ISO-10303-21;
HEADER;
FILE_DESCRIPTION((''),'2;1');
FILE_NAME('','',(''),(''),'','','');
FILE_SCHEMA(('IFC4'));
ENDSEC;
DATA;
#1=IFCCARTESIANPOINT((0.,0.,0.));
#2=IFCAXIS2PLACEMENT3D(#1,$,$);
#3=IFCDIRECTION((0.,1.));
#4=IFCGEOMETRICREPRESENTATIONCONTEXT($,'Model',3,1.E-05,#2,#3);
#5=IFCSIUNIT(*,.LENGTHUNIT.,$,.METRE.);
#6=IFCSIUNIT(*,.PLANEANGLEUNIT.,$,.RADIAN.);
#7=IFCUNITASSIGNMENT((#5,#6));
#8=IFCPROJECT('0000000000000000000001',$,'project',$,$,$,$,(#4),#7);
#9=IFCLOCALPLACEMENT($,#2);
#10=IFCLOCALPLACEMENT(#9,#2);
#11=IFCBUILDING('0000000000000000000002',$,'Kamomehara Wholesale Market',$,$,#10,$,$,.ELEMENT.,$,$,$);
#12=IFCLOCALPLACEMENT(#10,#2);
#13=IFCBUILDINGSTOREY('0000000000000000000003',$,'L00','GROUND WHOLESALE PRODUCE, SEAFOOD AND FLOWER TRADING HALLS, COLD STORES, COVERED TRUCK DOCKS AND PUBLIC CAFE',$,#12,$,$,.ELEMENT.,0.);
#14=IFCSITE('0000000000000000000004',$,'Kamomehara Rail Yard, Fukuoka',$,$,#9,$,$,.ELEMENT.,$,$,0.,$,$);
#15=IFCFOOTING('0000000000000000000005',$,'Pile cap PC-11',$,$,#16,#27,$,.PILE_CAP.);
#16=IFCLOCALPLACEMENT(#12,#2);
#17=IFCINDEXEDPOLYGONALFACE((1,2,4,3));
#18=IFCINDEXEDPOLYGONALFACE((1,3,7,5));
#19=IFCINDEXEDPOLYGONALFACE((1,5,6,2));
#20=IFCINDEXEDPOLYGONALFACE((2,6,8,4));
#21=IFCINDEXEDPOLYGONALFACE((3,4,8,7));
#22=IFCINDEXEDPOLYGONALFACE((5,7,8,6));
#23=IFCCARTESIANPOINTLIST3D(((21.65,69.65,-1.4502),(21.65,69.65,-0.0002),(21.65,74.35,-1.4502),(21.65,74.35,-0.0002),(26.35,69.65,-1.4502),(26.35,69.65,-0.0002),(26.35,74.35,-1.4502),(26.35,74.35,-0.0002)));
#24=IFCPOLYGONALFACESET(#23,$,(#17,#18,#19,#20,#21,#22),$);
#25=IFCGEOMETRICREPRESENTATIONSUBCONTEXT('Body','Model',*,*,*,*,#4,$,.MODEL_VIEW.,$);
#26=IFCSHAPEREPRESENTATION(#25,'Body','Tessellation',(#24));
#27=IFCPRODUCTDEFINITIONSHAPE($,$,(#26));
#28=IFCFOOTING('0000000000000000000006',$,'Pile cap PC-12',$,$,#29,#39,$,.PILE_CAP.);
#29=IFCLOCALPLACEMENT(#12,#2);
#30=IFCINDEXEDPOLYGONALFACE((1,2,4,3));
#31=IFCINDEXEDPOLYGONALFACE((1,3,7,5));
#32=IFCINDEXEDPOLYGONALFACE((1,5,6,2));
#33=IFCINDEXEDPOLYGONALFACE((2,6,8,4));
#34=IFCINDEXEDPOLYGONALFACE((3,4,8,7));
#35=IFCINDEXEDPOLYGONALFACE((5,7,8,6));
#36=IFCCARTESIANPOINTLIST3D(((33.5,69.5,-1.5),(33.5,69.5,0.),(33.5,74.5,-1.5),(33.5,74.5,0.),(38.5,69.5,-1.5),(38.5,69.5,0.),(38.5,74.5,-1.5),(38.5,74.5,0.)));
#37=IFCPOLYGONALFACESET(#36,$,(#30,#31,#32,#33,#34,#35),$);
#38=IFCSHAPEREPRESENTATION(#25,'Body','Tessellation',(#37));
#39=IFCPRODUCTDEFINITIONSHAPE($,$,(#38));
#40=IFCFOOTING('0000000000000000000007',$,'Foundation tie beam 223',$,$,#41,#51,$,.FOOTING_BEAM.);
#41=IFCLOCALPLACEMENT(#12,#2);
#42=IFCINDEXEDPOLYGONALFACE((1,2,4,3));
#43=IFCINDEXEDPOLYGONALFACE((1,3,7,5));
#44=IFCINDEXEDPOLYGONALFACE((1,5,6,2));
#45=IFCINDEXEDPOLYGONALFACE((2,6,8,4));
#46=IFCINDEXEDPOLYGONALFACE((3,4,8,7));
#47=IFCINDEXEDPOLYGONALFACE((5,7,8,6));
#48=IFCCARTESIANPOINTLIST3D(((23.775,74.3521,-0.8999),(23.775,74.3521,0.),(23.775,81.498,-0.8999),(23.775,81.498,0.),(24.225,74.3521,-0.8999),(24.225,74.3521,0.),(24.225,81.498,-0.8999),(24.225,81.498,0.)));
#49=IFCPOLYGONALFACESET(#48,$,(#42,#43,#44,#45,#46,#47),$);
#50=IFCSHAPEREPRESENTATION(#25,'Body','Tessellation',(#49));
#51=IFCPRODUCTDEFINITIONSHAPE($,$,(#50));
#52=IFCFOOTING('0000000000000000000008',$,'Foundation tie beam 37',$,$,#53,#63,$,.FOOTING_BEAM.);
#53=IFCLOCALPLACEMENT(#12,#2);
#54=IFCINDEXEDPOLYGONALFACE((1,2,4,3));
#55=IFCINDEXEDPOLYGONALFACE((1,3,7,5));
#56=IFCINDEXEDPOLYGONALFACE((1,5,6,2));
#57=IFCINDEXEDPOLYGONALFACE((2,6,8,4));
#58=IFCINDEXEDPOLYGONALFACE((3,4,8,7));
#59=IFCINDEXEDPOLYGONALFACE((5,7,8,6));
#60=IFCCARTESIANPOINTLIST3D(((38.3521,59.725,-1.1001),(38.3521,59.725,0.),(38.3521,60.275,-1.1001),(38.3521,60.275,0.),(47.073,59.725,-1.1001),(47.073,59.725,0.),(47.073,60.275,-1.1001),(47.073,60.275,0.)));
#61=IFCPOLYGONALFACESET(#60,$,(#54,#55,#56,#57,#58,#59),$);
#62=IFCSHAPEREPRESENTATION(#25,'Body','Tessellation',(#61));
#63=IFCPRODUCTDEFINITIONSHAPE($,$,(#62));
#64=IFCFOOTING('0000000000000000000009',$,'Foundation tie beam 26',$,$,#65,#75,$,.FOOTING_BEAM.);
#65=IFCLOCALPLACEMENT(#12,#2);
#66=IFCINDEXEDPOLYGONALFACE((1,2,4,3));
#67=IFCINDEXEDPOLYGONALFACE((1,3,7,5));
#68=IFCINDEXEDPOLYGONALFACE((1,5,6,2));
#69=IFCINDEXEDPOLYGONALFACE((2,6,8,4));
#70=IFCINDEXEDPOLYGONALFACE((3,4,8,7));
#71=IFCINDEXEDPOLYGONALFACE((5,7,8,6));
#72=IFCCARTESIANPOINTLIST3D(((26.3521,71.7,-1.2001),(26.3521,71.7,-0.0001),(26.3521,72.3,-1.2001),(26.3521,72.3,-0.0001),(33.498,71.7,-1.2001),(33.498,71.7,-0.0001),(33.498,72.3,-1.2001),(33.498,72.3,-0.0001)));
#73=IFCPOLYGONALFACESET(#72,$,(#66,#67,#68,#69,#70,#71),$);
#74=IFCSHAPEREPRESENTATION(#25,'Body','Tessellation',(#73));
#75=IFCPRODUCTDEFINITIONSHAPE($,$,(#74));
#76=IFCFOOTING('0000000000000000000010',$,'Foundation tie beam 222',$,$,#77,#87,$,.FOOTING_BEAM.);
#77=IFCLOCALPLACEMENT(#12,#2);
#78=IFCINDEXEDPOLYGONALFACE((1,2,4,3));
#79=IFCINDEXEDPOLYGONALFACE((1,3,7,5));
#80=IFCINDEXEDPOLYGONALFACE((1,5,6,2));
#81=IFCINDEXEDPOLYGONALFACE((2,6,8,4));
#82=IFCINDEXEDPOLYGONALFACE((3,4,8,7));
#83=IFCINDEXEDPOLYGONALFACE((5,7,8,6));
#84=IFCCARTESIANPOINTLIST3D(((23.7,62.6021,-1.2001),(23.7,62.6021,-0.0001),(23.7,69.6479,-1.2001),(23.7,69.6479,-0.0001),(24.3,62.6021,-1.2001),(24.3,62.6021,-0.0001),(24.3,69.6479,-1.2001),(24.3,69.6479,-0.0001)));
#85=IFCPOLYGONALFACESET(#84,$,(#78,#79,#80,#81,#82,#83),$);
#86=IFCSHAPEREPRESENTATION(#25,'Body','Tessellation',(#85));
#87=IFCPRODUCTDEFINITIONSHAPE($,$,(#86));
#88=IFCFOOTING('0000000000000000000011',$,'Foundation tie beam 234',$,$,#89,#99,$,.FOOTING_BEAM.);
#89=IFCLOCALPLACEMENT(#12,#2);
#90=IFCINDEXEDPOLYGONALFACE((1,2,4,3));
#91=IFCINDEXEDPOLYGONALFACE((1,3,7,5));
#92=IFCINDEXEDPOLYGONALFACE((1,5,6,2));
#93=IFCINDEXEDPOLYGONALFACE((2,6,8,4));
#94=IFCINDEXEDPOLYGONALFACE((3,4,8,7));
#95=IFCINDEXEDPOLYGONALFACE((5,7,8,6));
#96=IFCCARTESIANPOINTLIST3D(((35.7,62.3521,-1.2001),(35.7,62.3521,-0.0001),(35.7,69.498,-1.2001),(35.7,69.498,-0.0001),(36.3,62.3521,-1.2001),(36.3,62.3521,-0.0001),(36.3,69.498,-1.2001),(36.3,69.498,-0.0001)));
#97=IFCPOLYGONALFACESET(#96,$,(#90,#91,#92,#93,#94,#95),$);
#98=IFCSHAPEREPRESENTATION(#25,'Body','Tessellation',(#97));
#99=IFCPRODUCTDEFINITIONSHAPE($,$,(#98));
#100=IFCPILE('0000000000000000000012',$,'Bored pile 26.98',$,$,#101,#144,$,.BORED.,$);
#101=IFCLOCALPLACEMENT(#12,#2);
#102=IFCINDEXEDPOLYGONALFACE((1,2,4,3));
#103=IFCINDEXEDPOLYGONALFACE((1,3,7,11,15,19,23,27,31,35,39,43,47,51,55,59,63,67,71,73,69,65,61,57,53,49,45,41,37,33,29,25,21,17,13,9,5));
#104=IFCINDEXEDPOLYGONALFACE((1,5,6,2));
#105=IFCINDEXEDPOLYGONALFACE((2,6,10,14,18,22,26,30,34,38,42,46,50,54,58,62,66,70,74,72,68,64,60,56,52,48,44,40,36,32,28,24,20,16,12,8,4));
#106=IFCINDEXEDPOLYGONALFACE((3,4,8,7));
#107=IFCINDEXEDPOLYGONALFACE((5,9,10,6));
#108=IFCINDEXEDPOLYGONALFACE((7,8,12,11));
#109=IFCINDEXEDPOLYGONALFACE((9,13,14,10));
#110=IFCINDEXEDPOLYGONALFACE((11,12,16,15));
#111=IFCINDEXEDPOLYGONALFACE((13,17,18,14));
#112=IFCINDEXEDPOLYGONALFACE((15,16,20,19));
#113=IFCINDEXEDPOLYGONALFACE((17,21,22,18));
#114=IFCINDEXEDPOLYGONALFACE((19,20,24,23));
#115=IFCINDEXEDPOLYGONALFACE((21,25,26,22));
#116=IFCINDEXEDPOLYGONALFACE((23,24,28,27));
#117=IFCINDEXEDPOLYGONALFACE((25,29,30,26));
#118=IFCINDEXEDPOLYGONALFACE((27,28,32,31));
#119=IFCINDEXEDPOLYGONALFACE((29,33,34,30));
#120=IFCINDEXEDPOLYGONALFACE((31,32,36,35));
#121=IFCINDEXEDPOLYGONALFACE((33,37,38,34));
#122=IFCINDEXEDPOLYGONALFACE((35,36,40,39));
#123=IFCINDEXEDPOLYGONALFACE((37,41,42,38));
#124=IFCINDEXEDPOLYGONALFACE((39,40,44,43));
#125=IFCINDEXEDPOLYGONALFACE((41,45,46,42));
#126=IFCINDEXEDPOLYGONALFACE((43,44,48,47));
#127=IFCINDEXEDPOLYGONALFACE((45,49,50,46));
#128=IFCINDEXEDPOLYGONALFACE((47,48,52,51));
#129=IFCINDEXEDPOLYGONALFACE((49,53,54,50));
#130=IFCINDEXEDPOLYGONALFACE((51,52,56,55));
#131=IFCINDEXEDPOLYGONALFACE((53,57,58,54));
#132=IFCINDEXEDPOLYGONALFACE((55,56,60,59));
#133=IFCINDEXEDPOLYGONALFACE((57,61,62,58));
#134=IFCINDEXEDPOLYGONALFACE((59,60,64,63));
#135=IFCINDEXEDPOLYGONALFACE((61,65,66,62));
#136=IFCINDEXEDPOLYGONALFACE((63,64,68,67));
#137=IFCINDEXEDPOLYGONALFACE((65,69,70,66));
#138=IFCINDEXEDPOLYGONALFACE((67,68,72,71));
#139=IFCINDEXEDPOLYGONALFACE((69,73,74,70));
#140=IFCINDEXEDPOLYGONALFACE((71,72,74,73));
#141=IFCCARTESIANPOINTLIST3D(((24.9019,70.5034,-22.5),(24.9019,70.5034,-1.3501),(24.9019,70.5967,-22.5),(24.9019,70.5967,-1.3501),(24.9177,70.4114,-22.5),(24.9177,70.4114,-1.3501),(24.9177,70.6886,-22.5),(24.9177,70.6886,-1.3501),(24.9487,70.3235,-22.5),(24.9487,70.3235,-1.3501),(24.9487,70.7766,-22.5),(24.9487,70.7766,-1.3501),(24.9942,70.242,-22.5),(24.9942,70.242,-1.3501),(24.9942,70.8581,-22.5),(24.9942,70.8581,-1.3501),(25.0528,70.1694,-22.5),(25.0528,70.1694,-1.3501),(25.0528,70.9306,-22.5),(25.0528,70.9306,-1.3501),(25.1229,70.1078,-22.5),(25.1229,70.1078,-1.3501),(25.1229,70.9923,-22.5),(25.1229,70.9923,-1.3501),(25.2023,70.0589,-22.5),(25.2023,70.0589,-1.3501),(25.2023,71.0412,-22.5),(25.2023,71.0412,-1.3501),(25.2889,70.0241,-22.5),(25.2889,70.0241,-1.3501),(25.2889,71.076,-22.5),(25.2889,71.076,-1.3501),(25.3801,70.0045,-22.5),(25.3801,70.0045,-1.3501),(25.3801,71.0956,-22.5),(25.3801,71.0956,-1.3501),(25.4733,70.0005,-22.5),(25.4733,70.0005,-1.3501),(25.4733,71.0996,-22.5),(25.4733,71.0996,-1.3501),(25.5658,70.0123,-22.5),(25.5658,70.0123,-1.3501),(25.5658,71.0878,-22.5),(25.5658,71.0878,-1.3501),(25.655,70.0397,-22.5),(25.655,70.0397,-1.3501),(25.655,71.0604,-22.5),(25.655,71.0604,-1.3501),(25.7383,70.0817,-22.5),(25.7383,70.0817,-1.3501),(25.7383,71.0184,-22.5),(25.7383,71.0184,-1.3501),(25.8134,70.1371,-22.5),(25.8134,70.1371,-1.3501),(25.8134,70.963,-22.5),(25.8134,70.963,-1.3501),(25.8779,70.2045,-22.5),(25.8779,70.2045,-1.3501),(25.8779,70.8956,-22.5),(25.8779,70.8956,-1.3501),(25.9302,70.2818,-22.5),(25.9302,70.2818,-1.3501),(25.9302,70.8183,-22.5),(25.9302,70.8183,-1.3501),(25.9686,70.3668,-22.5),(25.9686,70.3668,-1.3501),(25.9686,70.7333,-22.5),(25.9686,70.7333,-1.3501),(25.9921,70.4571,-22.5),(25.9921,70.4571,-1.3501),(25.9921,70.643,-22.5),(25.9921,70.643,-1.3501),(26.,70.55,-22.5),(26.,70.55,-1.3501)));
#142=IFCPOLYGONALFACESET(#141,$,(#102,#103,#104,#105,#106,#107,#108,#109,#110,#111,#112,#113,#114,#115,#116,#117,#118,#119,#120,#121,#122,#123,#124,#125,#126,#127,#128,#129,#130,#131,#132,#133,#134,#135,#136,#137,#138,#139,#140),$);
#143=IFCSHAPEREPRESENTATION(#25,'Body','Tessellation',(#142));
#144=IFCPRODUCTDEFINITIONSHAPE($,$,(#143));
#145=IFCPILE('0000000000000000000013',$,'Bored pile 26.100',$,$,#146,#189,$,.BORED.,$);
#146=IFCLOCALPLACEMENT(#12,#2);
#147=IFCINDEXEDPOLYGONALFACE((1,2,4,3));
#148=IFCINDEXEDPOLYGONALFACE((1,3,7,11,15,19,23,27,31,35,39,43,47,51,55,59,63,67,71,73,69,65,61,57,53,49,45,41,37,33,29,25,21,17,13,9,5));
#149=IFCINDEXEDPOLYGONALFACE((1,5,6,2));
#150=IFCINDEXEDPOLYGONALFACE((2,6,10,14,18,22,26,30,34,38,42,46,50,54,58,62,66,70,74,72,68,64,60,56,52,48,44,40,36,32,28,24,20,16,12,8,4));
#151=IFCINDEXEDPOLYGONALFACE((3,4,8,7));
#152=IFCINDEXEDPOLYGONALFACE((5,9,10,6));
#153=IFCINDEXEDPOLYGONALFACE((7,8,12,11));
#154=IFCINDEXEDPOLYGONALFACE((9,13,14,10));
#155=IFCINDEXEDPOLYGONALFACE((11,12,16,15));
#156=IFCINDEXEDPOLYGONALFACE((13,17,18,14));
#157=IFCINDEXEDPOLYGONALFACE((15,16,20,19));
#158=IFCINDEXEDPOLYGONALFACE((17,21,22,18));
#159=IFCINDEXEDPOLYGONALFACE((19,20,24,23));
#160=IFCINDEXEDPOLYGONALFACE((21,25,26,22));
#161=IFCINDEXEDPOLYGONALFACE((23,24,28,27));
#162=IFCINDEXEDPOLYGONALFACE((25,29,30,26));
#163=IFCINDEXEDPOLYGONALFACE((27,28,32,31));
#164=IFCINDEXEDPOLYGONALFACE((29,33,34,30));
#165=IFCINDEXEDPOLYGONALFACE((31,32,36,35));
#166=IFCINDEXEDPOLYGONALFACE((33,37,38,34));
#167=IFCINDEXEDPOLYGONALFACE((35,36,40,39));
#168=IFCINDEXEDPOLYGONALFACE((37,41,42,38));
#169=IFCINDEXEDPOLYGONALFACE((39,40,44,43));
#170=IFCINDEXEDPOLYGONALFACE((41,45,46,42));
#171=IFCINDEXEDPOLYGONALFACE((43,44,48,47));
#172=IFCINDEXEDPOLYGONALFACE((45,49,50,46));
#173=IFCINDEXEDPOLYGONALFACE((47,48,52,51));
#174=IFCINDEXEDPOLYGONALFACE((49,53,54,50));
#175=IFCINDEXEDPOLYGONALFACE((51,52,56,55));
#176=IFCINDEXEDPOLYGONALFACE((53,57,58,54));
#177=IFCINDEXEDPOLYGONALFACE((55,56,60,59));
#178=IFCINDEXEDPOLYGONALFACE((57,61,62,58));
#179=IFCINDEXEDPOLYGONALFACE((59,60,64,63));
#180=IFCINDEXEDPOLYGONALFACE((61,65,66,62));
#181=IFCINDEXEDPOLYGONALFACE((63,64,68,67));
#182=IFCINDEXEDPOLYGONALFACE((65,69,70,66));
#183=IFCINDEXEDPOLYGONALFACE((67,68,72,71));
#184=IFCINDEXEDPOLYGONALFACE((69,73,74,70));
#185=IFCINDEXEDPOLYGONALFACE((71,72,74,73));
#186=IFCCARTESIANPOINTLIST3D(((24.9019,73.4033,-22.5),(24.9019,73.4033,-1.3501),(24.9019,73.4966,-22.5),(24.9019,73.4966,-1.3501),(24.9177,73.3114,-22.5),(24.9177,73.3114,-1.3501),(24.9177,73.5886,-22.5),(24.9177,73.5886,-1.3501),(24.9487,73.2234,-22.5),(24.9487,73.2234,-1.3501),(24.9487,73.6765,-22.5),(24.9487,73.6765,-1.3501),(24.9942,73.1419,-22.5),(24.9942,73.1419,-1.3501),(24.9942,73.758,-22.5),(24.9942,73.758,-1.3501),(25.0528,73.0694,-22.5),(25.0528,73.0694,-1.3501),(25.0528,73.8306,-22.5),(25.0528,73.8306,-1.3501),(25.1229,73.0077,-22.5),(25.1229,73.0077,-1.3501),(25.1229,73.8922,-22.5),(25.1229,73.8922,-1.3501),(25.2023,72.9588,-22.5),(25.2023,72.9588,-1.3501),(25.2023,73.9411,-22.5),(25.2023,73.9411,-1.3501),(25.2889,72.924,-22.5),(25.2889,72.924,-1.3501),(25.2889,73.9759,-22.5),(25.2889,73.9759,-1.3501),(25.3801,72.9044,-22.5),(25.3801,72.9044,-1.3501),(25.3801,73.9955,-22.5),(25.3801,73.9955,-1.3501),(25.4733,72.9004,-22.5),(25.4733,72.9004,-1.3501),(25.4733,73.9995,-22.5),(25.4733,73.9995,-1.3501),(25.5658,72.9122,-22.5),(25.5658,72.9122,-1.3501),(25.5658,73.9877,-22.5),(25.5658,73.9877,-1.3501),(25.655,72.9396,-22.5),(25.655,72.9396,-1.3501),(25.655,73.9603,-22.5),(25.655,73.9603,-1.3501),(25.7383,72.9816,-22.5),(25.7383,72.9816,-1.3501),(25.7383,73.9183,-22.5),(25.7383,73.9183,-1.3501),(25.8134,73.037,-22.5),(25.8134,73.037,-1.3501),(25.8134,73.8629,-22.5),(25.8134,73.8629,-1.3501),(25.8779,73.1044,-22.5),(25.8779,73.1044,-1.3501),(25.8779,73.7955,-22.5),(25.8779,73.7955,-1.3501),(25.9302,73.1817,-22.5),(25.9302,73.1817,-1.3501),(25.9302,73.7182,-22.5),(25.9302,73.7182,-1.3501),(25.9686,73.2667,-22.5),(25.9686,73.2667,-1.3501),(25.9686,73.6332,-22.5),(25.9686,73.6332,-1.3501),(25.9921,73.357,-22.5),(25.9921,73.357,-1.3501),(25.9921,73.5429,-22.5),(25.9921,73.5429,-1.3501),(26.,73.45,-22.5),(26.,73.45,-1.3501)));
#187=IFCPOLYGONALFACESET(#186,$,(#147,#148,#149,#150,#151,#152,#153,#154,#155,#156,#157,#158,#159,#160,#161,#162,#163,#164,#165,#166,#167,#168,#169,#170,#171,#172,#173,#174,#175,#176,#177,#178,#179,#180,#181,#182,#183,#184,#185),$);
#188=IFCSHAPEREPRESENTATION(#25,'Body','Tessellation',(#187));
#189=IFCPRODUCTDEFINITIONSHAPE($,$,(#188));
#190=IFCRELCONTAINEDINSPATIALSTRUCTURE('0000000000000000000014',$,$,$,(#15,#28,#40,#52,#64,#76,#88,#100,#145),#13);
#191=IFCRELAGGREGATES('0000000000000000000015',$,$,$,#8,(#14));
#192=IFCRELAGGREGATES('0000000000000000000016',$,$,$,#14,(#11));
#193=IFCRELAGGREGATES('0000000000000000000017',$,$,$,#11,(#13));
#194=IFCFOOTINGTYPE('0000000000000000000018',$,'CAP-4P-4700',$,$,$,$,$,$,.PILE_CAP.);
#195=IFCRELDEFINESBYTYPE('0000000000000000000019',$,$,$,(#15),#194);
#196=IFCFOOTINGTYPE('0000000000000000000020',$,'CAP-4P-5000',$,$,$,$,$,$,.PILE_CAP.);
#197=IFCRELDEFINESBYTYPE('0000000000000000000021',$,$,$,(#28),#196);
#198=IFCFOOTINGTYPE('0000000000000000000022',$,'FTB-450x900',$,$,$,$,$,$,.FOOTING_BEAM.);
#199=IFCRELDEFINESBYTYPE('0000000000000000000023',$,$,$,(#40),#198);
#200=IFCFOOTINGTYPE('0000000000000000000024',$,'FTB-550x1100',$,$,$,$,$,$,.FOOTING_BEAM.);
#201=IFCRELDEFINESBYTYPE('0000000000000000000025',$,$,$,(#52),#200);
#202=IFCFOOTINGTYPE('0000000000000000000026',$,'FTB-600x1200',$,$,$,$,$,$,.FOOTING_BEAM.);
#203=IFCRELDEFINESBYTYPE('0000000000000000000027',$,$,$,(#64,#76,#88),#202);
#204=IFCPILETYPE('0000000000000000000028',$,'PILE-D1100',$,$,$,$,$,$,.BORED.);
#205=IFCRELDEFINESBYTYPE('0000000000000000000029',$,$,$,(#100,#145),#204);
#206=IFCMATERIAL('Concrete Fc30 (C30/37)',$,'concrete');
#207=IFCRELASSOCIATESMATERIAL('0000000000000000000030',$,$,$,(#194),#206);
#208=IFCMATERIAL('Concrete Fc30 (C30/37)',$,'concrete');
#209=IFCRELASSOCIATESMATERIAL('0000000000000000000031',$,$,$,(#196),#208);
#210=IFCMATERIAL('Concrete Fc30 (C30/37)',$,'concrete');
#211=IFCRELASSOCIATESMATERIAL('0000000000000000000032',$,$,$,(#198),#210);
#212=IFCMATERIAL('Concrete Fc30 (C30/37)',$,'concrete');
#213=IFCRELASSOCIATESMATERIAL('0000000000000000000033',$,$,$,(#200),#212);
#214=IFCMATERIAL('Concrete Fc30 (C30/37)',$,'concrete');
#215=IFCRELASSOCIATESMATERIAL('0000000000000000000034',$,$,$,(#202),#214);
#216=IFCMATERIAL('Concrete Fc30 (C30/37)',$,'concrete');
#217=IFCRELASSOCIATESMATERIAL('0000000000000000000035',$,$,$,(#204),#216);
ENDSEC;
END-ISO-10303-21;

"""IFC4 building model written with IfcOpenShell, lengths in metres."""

from ifc_helpers import new_model, si_unit, direction, frame, origin, origin_2d, place, context, subcontext, project, spatial, rectangle, circle, extrude, material, material_profile, profile_set, type_object, element, save


model = new_model("IFC4")

# Units and contexts
model_context = context("Model", 3, precision=1e-05, world=origin(), true_north=direction((0.0, 1.0)))
body_context = subcontext(model_context, "Body", "Model", "MODEL_VIEW")
ifc_project = project(units=[si_unit("LENGTHUNIT", "METRE"), si_unit("PLANEANGLEUNIT", "RADIAN")], contexts=[model_context])

# Site, building, storey
site_placement = place(None, origin())
site = spatial("IfcSite", under=ifc_project, at=site_placement, Name="Kamomehara Rail Yard, Fukuoka", CompositionType="ELEMENT", RefElevation=0.0)
building_placement = place(site_placement, origin())
building = spatial("IfcBuilding", under=site, at=building_placement, Name="Kamomehara Wholesale Market", CompositionType="ELEMENT")
storey_placement = place(building_placement, origin())
storey = spatial("IfcBuildingStorey", under=building, at=storey_placement, Name="L00", Description="GROUND WHOLESALE PRODUCE, SEAFOOD AND FLOWER TRADING HALLS, COLD STORES, COVERED TRUCK DOCKS AND PUBLIC CAFE", CompositionType="ELEMENT", Elevation=0.0)

# Footings
ifc_material_1 = material(Name="Concrete Fc30 (C30/37)", Category="concrete")
footing_type_1 = type_object("IfcFootingType", Name="CAP-4P-4700", PredefinedType="PILE_CAP", material=ifc_material_1)
footing_1_placement = place(storey_placement, frame((24.0, 72.0, -1.4502), z_axis=(0.0, 0.0, 1.0), x_axis=(1.0, 0.0, 0.0)))
element("IfcFooting", 1, at=footing_1_placement, inside=storey, type_object=footing_type_1, Name="Pile cap PC-11", PredefinedType="PILE_CAP", context=body_context, shape_type="SweptSolid", body=[
    extrude(rectangle(XDim=4.7, YDim=4.7, at=origin_2d()), origin(), (0.0, 0.0, 1.0), 1.45),
])
ifc_material_2 = material(Name="Concrete Fc30 (C30/37)", Category="concrete")
footing_type_2 = type_object("IfcFootingType", Name="CAP-4P-5000", PredefinedType="PILE_CAP", material=ifc_material_2)
footing_2_placement = place(storey_placement, frame((36.0, 72.0, -1.5), z_axis=(0.0, 0.0, 1.0), x_axis=(1.0, 0.0, 0.0)))
element("IfcFooting", 2, at=footing_2_placement, inside=storey, type_object=footing_type_2, Name="Pile cap PC-12", PredefinedType="PILE_CAP", context=body_context, shape_type="SweptSolid", body=[
    extrude(rectangle(XDim=5.0, YDim=5.0, at=origin_2d()), origin(), (0.0, 0.0, 1.0), 1.5),
])
ifc_material_3 = material(Name="Concrete Fc30 (C30/37)", Category="concrete")
ifc_material_profile_1 = material_profile(ifc_material_3, rectangle(XDim=0.45, YDim=0.8999, at=origin_2d()), Name="RC-FTB-450x900")
ifc_profile_set_1 = profile_set([ifc_material_profile_1], Name="Concrete Fc30 (C30/37)")
footing_type_3 = type_object("IfcFootingType", Name="FTB-450x900", PredefinedType="FOOTING_BEAM", material=ifc_profile_set_1)
footing_3_placement = place(storey_placement, frame((24.0, 74.3521, -0.45), z_axis=(0.0, 1.0, 0.0), x_axis=(-1.0, 0.0, 0.0)))
element("IfcFooting", 3, at=footing_3_placement, inside=storey, type_object=footing_type_3, Name="Foundation tie beam 223", PredefinedType="FOOTING_BEAM", context=body_context, shape_type="SweptSolid", body=[
    extrude(rectangle(XDim=0.45, YDim=0.8999, at=origin_2d()), origin(), (0.0, 0.0, 1.0), 7.146),
])
ifc_material_4 = material(Name="Concrete Fc30 (C30/37)", Category="concrete")
ifc_material_profile_2 = material_profile(ifc_material_4, rectangle(XDim=0.55, YDim=1.1001, at=origin_2d()), Name="RC-FTB-550x1100")
ifc_profile_set_2 = profile_set([ifc_material_profile_2], Name="Concrete Fc30 (C30/37)")
footing_type_4 = type_object("IfcFootingType", Name="FTB-550x1100", PredefinedType="FOOTING_BEAM", material=ifc_profile_set_2)
footing_4_placement = place(storey_placement, frame((38.3521, 60.0, -0.55), z_axis=(1.0, 0.0, 0.0), x_axis=(0.0, 1.0, 0.0)))
element("IfcFooting", 4, at=footing_4_placement, inside=storey, type_object=footing_type_4, Name="Foundation tie beam 37", PredefinedType="FOOTING_BEAM", context=body_context, shape_type="SweptSolid", body=[
    extrude(rectangle(XDim=0.55, YDim=1.1001, at=origin_2d()), origin(), (0.0, 0.0, 1.0), 8.7209),
])
ifc_material_5 = material(Name="Concrete Fc30 (C30/37)", Category="concrete")
ifc_material_profile_3 = material_profile(ifc_material_5, rectangle(XDim=0.6001, YDim=1.2, at=origin_2d()), Name="RC-FTB-600x1200")
ifc_profile_set_3 = profile_set([ifc_material_profile_3], Name="Concrete Fc30 (C30/37)")
footing_type_5 = type_object("IfcFootingType", Name="FTB-600x1200", PredefinedType="FOOTING_BEAM", material=ifc_profile_set_3)
footing_5_placement = place(storey_placement, frame((26.3521, 72.0, -0.6001), z_axis=(1.0, 0.0, 0.0), x_axis=(0.0, 1.0, 0.0)))
element("IfcFooting", 5, at=footing_5_placement, inside=storey, type_object=footing_type_5, Name="Foundation tie beam 26", PredefinedType="FOOTING_BEAM", context=body_context, shape_type="SweptSolid", body=[
    extrude(rectangle(XDim=0.6001, YDim=1.2, at=origin_2d()), origin(), (0.0, 0.0, 1.0), 7.146),
])
footing_6_placement = place(storey_placement, frame((24.0, 62.6021, -0.6001), z_axis=(0.0, 1.0, 0.0), x_axis=(-1.0, 0.0, 0.0)))
element("IfcFooting", 6, at=footing_6_placement, inside=storey, type_object=footing_type_5, Name="Foundation tie beam 222", PredefinedType="FOOTING_BEAM", context=body_context, shape_type="SweptSolid", body=[
    extrude(rectangle(XDim=0.6001, YDim=1.2, at=origin_2d()), origin(), (0.0, 0.0, 1.0), 7.0459),
])
footing_7_placement = place(storey_placement, frame((36.0, 62.3521, -0.6001), z_axis=(0.0, 1.0, 0.0), x_axis=(-1.0, 0.0, 0.0)))
element("IfcFooting", 7, at=footing_7_placement, inside=storey, type_object=footing_type_5, Name="Foundation tie beam 234", PredefinedType="FOOTING_BEAM", context=body_context, shape_type="SweptSolid", body=[
    extrude(rectangle(XDim=0.6001, YDim=1.2, at=origin_2d()), origin(), (0.0, 0.0, 1.0), 7.146),
])

# Piles
ifc_material_6 = material(Name="Concrete Fc30 (C30/37)", Category="concrete")
ifc_material_profile_4 = material_profile(ifc_material_6, circle(Radius=0.55, at=origin_2d()), Name="RC-PILE-D1100")
ifc_profile_set_4 = profile_set([ifc_material_profile_4], Name="Concrete Fc30 (C30/37)")
pile_type_1 = type_object("IfcPileType", Name="PILE-D1100", PredefinedType="BORED", material=ifc_profile_set_4)
for number, where, z_axis, x_axis, name in (
    (8, (25.45, 70.55, -1.3501), (0.0, 0.0, -1.0), (1.0, 0.0, 0.0), "Bored pile 26.98"),
    (9, (25.45, 73.45, -1.3501), (0.0, 0.0, -1.0), (1.0, 0.0, 0.0), "Bored pile 26.100"),
):
    element("IfcPile", number, at=place(storey_placement, frame(where, z_axis=z_axis, x_axis=x_axis)), inside=storey, type_object=pile_type_1, Name=name, PredefinedType="BORED", context=body_context, shape_type="SweptSolid", body=[
        extrude(circle(Radius=0.55, at=origin_2d()), origin(), (0.0, 0.0, 1.0), 21.1499),
    ])

save(model, "model.ifc")
